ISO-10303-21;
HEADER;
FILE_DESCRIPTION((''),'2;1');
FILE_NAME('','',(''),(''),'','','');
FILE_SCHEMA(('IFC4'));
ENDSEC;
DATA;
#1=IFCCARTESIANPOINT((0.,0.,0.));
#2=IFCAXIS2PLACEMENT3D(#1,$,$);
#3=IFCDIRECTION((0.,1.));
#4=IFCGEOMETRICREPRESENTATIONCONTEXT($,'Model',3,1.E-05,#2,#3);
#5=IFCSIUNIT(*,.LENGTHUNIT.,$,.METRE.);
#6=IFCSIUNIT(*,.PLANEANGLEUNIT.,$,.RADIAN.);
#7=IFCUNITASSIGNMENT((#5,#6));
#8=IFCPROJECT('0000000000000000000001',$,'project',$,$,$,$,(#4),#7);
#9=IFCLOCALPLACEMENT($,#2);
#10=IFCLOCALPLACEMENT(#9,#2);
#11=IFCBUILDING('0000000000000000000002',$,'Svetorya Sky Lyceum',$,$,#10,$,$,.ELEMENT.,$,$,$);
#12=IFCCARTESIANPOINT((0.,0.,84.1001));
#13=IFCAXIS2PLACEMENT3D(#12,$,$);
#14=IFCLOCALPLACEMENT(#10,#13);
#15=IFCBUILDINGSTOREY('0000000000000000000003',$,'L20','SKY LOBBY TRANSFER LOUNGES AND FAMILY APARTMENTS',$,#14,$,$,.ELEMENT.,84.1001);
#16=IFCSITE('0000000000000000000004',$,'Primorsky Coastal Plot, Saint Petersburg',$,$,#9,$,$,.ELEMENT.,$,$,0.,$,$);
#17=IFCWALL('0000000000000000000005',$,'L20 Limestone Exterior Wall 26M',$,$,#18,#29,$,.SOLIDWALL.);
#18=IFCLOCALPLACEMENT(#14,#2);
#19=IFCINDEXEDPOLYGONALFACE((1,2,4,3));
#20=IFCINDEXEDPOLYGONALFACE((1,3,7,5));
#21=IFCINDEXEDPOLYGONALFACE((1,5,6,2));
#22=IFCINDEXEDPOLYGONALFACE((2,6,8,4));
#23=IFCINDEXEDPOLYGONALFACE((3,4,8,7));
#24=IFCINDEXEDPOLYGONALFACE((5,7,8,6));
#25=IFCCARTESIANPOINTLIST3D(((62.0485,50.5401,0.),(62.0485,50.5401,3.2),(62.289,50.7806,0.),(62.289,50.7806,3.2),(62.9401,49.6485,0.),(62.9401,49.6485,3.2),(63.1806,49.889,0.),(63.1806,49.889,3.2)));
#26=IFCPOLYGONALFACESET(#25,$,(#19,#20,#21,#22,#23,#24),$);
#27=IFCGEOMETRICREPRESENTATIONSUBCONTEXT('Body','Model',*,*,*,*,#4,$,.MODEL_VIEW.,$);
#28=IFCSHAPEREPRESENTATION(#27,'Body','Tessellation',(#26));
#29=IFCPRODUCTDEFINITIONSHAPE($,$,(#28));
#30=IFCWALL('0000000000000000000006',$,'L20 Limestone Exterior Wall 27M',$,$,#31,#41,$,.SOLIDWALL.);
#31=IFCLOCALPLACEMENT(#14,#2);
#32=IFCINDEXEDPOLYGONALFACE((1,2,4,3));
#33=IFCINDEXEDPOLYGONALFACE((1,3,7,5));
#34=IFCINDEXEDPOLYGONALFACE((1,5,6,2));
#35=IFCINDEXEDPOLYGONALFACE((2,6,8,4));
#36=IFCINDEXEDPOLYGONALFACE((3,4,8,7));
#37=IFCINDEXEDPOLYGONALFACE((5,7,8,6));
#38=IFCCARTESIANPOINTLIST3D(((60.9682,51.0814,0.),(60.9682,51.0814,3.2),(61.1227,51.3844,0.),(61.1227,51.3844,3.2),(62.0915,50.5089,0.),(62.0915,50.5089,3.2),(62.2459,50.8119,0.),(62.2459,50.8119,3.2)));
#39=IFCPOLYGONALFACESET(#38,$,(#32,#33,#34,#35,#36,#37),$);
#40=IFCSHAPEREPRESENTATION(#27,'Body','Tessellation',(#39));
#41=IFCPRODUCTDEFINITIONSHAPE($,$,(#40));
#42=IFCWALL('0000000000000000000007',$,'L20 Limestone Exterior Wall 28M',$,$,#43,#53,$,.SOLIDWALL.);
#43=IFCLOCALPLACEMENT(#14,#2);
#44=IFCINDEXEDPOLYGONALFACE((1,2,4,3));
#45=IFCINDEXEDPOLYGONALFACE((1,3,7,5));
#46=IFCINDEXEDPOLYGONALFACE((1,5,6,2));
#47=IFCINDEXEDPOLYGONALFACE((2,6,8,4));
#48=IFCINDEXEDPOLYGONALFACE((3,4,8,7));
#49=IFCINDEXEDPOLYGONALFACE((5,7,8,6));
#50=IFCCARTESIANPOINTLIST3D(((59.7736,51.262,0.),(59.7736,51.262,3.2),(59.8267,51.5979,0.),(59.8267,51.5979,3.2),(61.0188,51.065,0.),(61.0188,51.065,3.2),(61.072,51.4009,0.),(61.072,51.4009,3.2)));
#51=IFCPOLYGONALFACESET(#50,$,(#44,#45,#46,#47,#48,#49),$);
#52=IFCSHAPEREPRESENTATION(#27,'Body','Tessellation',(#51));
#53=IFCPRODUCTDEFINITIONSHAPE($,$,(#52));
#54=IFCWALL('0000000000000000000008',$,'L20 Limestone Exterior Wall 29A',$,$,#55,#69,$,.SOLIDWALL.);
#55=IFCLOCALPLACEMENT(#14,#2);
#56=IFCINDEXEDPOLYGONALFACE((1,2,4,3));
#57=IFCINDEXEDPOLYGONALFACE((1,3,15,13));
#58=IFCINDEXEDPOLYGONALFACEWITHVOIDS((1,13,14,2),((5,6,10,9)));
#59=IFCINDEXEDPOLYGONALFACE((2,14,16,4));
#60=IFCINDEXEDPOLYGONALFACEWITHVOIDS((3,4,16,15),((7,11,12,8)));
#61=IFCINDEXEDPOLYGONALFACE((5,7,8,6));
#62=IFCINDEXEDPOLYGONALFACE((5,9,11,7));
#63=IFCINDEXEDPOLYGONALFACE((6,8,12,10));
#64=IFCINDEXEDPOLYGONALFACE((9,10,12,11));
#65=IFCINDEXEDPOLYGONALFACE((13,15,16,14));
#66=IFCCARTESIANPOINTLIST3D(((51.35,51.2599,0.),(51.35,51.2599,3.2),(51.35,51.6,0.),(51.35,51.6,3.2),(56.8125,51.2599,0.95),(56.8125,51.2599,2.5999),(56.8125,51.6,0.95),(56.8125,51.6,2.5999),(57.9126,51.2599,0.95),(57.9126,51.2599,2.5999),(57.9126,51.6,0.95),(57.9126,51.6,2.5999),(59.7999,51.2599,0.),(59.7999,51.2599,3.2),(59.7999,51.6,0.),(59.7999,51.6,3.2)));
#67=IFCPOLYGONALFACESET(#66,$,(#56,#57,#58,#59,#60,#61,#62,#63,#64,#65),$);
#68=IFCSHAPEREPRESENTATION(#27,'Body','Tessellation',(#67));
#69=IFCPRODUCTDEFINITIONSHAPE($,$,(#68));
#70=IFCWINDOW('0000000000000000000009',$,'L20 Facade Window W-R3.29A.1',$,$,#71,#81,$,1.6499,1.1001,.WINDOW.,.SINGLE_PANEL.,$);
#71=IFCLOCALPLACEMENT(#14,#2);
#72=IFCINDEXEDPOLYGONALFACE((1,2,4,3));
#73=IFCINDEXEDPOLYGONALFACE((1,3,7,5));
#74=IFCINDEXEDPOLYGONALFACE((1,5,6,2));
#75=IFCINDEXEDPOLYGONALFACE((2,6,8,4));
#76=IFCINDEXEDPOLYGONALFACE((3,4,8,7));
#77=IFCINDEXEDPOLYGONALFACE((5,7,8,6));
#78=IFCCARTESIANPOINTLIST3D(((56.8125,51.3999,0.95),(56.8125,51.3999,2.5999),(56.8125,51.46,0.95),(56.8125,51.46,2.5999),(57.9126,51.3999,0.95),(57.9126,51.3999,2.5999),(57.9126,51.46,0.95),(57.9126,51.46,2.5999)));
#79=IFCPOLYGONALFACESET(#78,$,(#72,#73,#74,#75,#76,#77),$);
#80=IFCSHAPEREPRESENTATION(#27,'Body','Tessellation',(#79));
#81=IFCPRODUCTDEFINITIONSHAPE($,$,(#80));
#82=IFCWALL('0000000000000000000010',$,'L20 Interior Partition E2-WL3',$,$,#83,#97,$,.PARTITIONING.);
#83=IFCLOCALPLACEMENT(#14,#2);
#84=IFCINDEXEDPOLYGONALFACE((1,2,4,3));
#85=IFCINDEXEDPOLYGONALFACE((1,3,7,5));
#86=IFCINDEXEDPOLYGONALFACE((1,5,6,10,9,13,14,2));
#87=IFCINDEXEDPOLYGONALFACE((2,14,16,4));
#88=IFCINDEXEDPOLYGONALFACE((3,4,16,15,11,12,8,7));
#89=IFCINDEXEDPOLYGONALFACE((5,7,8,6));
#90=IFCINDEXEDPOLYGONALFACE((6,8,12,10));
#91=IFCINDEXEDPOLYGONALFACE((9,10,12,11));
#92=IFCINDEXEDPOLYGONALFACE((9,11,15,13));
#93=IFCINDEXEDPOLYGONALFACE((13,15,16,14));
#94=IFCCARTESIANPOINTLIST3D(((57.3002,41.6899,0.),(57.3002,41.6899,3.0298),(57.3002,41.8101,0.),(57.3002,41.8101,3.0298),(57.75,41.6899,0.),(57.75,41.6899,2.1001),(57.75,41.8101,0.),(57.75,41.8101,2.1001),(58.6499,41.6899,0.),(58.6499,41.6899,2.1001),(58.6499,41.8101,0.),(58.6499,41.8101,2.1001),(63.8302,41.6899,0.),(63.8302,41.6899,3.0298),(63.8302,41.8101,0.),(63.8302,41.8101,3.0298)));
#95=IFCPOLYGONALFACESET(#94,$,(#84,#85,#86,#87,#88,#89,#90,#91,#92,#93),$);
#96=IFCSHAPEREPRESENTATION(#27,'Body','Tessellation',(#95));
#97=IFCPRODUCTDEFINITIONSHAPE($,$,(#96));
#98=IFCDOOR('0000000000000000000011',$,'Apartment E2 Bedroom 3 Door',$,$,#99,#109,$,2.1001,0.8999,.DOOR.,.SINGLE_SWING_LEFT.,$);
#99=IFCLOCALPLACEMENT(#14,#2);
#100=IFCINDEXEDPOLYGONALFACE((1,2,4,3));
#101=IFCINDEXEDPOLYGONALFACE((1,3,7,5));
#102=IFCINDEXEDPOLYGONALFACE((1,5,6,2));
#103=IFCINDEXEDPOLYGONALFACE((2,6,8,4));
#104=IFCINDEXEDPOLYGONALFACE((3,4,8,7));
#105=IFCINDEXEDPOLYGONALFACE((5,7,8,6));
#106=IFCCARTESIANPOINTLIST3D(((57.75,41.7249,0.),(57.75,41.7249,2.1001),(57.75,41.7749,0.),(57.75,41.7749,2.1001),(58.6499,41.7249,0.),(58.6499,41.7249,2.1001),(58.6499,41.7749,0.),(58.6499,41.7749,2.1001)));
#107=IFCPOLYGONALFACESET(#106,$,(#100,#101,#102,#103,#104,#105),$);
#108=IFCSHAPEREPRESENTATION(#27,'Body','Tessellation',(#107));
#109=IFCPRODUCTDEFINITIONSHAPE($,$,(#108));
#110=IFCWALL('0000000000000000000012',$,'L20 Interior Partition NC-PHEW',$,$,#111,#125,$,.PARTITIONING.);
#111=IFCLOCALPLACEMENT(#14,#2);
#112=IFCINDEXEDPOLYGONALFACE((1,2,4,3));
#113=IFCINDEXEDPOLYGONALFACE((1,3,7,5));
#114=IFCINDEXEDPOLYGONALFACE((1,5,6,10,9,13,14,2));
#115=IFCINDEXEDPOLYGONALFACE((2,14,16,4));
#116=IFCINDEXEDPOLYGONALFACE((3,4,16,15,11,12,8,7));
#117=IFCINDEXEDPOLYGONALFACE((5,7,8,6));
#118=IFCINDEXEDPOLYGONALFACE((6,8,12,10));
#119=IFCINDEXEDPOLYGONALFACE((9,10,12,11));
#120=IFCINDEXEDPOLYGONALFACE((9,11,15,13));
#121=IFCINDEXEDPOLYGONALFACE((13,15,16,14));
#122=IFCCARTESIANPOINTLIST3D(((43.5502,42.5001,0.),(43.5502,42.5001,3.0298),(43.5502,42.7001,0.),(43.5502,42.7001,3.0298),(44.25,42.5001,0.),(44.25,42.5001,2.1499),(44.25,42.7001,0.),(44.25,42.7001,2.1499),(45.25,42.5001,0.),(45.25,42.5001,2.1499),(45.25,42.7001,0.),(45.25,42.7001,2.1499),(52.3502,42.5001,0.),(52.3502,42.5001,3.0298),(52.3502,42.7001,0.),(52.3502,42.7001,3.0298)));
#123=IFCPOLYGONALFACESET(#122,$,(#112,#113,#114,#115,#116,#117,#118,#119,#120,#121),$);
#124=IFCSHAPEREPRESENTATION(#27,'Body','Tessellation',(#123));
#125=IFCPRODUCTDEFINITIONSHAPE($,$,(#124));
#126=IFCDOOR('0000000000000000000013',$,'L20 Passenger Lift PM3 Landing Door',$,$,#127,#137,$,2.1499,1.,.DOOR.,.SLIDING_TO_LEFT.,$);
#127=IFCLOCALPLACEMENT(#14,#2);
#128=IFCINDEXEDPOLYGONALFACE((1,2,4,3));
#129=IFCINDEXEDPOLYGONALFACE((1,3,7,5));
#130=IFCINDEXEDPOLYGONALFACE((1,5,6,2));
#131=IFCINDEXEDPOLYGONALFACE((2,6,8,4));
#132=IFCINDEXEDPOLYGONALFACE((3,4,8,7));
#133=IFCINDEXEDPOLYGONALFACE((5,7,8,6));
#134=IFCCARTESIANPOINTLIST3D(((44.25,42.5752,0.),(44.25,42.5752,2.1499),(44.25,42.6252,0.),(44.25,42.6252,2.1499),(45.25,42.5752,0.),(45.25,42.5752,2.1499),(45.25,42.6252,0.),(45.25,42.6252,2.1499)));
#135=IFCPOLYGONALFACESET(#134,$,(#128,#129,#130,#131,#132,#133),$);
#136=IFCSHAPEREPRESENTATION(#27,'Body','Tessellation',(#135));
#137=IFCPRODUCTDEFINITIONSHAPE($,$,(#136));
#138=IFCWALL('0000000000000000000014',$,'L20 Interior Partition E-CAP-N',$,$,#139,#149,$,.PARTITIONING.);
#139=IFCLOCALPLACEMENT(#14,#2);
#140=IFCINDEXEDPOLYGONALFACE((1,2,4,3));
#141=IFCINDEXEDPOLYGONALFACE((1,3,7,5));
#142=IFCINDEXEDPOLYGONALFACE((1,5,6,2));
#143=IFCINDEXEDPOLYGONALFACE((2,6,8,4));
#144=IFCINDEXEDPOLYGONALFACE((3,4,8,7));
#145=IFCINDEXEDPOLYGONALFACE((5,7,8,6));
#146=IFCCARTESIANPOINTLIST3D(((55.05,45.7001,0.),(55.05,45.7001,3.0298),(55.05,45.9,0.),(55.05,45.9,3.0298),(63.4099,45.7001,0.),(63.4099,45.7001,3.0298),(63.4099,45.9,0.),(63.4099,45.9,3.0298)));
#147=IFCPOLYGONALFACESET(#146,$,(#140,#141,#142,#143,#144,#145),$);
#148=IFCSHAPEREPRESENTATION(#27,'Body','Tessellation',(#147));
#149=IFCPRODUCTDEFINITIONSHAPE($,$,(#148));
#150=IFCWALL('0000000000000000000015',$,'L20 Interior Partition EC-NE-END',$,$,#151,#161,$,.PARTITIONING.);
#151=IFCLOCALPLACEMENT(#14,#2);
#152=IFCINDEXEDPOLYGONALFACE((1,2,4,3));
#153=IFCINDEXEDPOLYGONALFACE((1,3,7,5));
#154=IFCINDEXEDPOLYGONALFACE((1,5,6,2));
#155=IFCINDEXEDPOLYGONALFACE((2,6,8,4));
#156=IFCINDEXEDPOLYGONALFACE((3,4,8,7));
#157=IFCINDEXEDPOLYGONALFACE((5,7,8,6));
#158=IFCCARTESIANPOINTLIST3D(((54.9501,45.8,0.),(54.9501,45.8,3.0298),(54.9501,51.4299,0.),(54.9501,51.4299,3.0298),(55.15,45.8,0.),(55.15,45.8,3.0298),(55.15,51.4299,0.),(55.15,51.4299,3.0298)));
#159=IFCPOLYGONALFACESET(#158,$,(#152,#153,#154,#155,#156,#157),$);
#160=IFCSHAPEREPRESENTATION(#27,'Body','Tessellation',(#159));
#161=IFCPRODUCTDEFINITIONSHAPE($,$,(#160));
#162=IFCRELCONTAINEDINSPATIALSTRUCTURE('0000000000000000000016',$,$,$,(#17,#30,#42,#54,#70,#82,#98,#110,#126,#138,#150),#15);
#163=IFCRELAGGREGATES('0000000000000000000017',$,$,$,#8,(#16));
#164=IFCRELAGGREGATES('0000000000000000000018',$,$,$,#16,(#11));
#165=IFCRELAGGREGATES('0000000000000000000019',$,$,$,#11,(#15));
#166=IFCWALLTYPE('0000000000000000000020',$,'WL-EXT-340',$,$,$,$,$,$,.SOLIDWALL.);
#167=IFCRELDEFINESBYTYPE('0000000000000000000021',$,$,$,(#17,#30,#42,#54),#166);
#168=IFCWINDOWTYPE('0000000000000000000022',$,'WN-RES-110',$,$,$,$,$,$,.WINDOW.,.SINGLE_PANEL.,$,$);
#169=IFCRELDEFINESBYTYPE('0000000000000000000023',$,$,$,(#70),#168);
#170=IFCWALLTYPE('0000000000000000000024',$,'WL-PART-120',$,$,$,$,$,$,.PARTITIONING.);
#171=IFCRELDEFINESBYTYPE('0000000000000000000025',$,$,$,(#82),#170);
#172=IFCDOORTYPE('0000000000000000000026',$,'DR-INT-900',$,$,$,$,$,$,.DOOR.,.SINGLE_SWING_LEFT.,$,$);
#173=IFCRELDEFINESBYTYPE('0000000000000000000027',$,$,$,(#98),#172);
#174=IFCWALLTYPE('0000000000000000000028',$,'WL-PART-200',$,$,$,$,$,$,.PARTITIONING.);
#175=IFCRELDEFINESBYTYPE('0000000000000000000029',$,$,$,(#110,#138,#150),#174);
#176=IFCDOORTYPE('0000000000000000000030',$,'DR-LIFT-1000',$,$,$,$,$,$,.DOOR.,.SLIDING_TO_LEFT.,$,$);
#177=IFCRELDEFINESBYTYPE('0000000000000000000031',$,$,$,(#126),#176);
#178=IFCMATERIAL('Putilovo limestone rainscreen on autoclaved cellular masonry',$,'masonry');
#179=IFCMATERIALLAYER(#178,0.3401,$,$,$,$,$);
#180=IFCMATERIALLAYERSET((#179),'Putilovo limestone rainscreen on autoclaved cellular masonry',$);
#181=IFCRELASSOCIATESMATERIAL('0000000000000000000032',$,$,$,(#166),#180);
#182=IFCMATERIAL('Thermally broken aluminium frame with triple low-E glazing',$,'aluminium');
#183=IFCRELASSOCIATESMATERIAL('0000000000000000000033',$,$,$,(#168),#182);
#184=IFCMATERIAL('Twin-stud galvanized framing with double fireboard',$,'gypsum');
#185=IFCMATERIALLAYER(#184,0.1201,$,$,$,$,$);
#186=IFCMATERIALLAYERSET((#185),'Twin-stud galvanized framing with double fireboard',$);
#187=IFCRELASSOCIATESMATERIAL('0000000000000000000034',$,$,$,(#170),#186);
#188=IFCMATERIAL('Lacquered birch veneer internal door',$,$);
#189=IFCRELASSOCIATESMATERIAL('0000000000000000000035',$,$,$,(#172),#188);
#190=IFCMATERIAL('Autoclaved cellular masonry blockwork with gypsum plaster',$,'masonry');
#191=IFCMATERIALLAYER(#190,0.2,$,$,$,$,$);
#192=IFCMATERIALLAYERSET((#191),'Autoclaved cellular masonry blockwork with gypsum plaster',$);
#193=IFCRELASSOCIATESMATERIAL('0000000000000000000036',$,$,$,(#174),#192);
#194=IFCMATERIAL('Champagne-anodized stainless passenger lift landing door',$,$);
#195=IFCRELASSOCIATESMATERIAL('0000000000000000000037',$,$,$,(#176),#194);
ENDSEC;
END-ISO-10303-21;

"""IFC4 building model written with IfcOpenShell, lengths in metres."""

from ifc_helpers import new_model, si_unit, direction, frame, frame_2d, origin, place, context, subcontext, project, spatial, rectangle, extrude, material, layer, layer_set, type_object, element, fill, save


model = new_model("IFC4")

# Units and contexts
model_context = context("Model", 3, precision=1e-05, world=origin(), true_north=direction((0.0, 1.0)))
body_context = subcontext(model_context, "Body", "Model", "MODEL_VIEW")
ifc_project = project(units=[si_unit("LENGTHUNIT", "METRE"), si_unit("PLANEANGLEUNIT", "RADIAN")], contexts=[model_context])

# Site, building, storey
site_placement = place(None, origin())
site = spatial("IfcSite", under=ifc_project, at=site_placement, Name="Primorsky Coastal Plot, Saint Petersburg", CompositionType="ELEMENT", RefElevation=0.0)
building_placement = place(site_placement, origin())
building = spatial("IfcBuilding", under=site, at=building_placement, Name="Svetorya Sky Lyceum", CompositionType="ELEMENT")
storey_placement = place(building_placement, frame((0.0, 0.0, 84.1001)))
storey = spatial("IfcBuildingStorey", under=building, at=storey_placement, Name="L20", Description="SKY LOBBY TRANSFER LOUNGES AND FAMILY APARTMENTS", CompositionType="ELEMENT", Elevation=84.1001)

# Walls
ifc_material_1 = material(Name="Putilovo limestone rainscreen on autoclaved cellular masonry", Category="masonry")
ifc_layer_1 = layer(ifc_material_1, 0.3401)
ifc_layer_set_1 = layer_set([ifc_layer_1], Name="Putilovo limestone rainscreen on autoclaved cellular masonry")
wall_type_1 = type_object("IfcWallType", Name="WL-EXT-340", PredefinedType="SOLIDWALL", material=ifc_layer_set_1)
for number, where, z_axis, x_axis, name in (
    (1, (63.0603, 49.7688, 0.0), (0.0, 0.0, 1.0), (-0.707107, 0.707107, 0.0), "L20 Limestone Exterior Wall 26M"),
):
    element("IfcWall", number, at=place(storey_placement, frame(where, z_axis=z_axis, x_axis=x_axis)), inside=storey, type_object=wall_type_1, Name=name, PredefinedType="SOLIDWALL", context=body_context, shape_type="SweptSolid", body=[
        extrude(rectangle(XDim=1.261, YDim=0.3401, at=frame_2d((0.6304, 0.0))), origin(), (0.0, 0.0, 1.0), 3.2),
    ])
for number, where, z_axis, x_axis, name in (
    (2, (62.1687, 50.6604, 0.0), (0.0, 0.0, 1.0), (-0.890954, 0.454094, 0.0), "L20 Limestone Exterior Wall 27M"),
    (3, (61.0454, 51.2329, 0.0), (0.0, 0.0, 1.0), (-0.987716, 0.156261, 0.0), "L20 Limestone Exterior Wall 28M"),
):
    element("IfcWall", number, at=place(storey_placement, frame(where, z_axis=z_axis, x_axis=x_axis)), inside=storey, type_object=wall_type_1, Name=name, PredefinedType="SOLIDWALL", context=body_context, shape_type="SweptSolid", body=[
        extrude(rectangle(XDim=1.2607, YDim=0.3401, at=frame_2d((0.6304, 0.0))), origin(), (0.0, 0.0, 1.0), 3.2),
    ])

# Wall, opening, window
wall_1_placement = place(storey_placement, frame((59.8, 51.4299, 0.0), z_axis=(0.0, 0.0, 1.0), x_axis=(-1.0, 0.0, 0.0)))
wall_1 = element("IfcWall", 4, at=wall_1_placement, inside=storey, type_object=wall_type_1, Name="L20 Limestone Exterior Wall 29A", PredefinedType="SOLIDWALL", context=body_context, shape_type="SweptSolid", body=[
    extrude(rectangle(XDim=8.45, YDim=0.3401, at=frame_2d((4.2251, 0.0))), origin(), (0.0, 0.0, 1.0), 3.2),
])
opening_1_placement = place(wall_1_placement, frame((1.8875, 0.0, 0.95)))
opening_1 = element("IfcOpeningElement", 5, at=opening_1_placement, cuts=wall_1, PredefinedType="OPENING", context=body_context, shape_type="SweptSolid", body=[
    extrude(rectangle(XDim=1.1001, YDim=1.6499, at=frame_2d((0.55, 0.825))), frame((0.0, 0.1799, 0.0), z_axis=(0.0, -1.0, 0.0), x_axis=(1.0, 0.0, 0.0)), (0.0, 0.0, 1.0), 0.3601),
])
ifc_material_2 = material(Name="Thermally broken aluminium frame with triple low-E glazing", Category="aluminium")
window_type = type_object("IfcWindowType", Name="WN-RES-110", PartitioningType="SINGLE_PANEL", PredefinedType="WINDOW", material=ifc_material_2)
window_placement = place(opening_1_placement, origin())
window = element("IfcWindow", 6, at=window_placement, inside=storey, type_object=window_type, Name="L20 Facade Window W-R3.29A.1", OverallHeight=1.6499, OverallWidth=1.1001, PartitioningType="SINGLE_PANEL", PredefinedType="WINDOW", context=body_context, shape_type="SweptSolid", body=[
    extrude(rectangle(XDim=1.1001, YDim=1.6499, at=frame_2d((0.55, 0.825))), frame((0.0, 0.03, 0.0), z_axis=(0.0, -1.0, 0.0), x_axis=(1.0, 0.0, 0.0)), (0.0, 0.0, 1.0), 0.0601),
])
fill(opening_1, window)

# Walls, openings, doors
ifc_material_3 = material(Name="Twin-stud galvanized framing with double fireboard", Category="gypsum")
ifc_layer_2 = layer(ifc_material_3, 0.1201)
ifc_layer_set_2 = layer_set([ifc_layer_2], Name="Twin-stud galvanized framing with double fireboard")
wall_type_2 = type_object("IfcWallType", Name="WL-PART-120", PredefinedType="PARTITIONING", material=ifc_layer_set_2)
wall_2_placement = place(storey_placement, frame((57.3, 41.75, 0.0), z_axis=(0.0, 0.0, 1.0), x_axis=(1.0, 0.0, 0.0)))
wall_2 = element("IfcWall", 7, at=wall_2_placement, inside=storey, type_object=wall_type_2, Name="L20 Interior Partition E2-WL3", PredefinedType="PARTITIONING", context=body_context, shape_type="SweptSolid", body=[
    extrude(rectangle(XDim=6.53, YDim=0.1201, at=frame_2d((3.2651, 0.0))), origin(), (0.0, 0.0, 1.0), 3.0298),
])
opening_2_placement = place(wall_2_placement, frame((0.45, 0.0, 0.0)))
opening_2 = element("IfcOpeningElement", 8, at=opening_2_placement, cuts=wall_2, PredefinedType="OPENING", context=body_context, shape_type="SweptSolid", body=[
    extrude(rectangle(XDim=0.8999, YDim=2.1001, at=frame_2d((0.45, 1.05))), frame((0.0, 0.0701, 0.0), z_axis=(0.0, -1.0, 0.0), x_axis=(1.0, 0.0, 0.0)), (0.0, 0.0, 1.0), 0.1401),
])
ifc_material_4 = material(Name="Lacquered birch veneer internal door")
door_type_1 = type_object("IfcDoorType", Name="DR-INT-900", OperationType="SINGLE_SWING_LEFT", PredefinedType="DOOR", material=ifc_material_4)
door_1_placement = place(opening_2_placement, origin())
door_1 = element("IfcDoor", 9, at=door_1_placement, inside=storey, type_object=door_type_1, Name="Apartment E2 Bedroom 3 Door", OperationType="SINGLE_SWING_LEFT", OverallHeight=2.1001, OverallWidth=0.8999, PredefinedType="DOOR", context=body_context, shape_type="SweptSolid", body=[
    extrude(rectangle(XDim=0.8999, YDim=2.1001, at=frame_2d((0.45, 1.05))), frame((0.0, 0.0249, 0.0), z_axis=(0.0, -1.0, 0.0), x_axis=(1.0, 0.0, 0.0)), (0.0, 0.0, 1.0), 0.05),
])
fill(opening_2, door_1)
ifc_material_5 = material(Name="Autoclaved cellular masonry blockwork with gypsum plaster", Category="masonry")
ifc_layer_3 = layer(ifc_material_5, 0.2)
ifc_layer_set_3 = layer_set([ifc_layer_3], Name="Autoclaved cellular masonry blockwork with gypsum plaster")
wall_type_3 = type_object("IfcWallType", Name="WL-PART-200", PredefinedType="PARTITIONING", material=ifc_layer_set_3)
wall_3_placement = place(storey_placement, frame((52.3501, 42.6001, 0.0), z_axis=(0.0, 0.0, 1.0), x_axis=(-1.0, 0.0, 0.0)))
wall_3 = element("IfcWall", 10, at=wall_3_placement, inside=storey, type_object=wall_type_3, Name="L20 Interior Partition NC-PHEW", PredefinedType="PARTITIONING", context=body_context, shape_type="SweptSolid", body=[
    extrude(rectangle(XDim=8.8, YDim=0.2, at=frame_2d((4.3999, 0.0))), origin(), (0.0, 0.0, 1.0), 3.0298),
])
opening_3_placement = place(wall_3_placement, frame((7.1001, 0.0, 0.0)))
opening_3 = element("IfcOpeningElement", 11, at=opening_3_placement, cuts=wall_3, PredefinedType="OPENING", context=body_context, shape_type="SweptSolid", body=[
    extrude(rectangle(XDim=1.0, YDim=2.1499, at=frame_2d((0.5, 1.075))), frame((0.0, 0.1099, 0.0), z_axis=(0.0, -1.0, 0.0), x_axis=(1.0, 0.0, 0.0)), (0.0, 0.0, 1.0), 0.22),
])
ifc_material_6 = material(Name="Champagne-anodized stainless passenger lift landing door")
door_type_2 = type_object("IfcDoorType", Name="DR-LIFT-1000", OperationType="SLIDING_TO_LEFT", PredefinedType="DOOR", material=ifc_material_6)
door_2_placement = place(opening_3_placement, origin())
door_2 = element("IfcDoor", 12, at=door_2_placement, inside=storey, type_object=door_type_2, Name="L20 Passenger Lift PM3 Landing Door", OperationType="SLIDING_TO_LEFT", OverallHeight=2.1499, OverallWidth=1.0, PredefinedType="DOOR", context=body_context, shape_type="SweptSolid", body=[
    extrude(rectangle(XDim=1.0, YDim=2.1499, at=frame_2d((0.5, 1.075))), frame((0.0, 0.0249, 0.0), z_axis=(0.0, -1.0, 0.0), x_axis=(1.0, 0.0, 0.0)), (0.0, 0.0, 1.0), 0.05),
])
fill(opening_3, door_2)

# Walls
wall_4_placement = place(storey_placement, frame((55.05, 45.8, 0.0), z_axis=(0.0, 0.0, 1.0), x_axis=(1.0, 0.0, 0.0)))
element("IfcWall", 13, at=wall_4_placement, inside=storey, type_object=wall_type_3, Name="L20 Interior Partition E-CAP-N", PredefinedType="PARTITIONING", context=body_context, shape_type="SweptSolid", body=[
    extrude(rectangle(XDim=8.3599, YDim=0.2, at=frame_2d((4.1799, 0.0))), origin(), (0.0, 0.0, 1.0), 3.0298),
])
wall_5_placement = place(storey_placement, frame((55.05, 45.8, 0.0), z_axis=(0.0, 0.0, 1.0), x_axis=(0.0, 1.0, 0.0)))
element("IfcWall", 14, at=wall_5_placement, inside=storey, type_object=wall_type_3, Name="L20 Interior Partition EC-NE-END", PredefinedType="PARTITIONING", context=body_context, shape_type="SweptSolid", body=[
    extrude(rectangle(XDim=5.6299, YDim=0.2, at=frame_2d((2.8149, 0.0))), origin(), (0.0, 0.0, 1.0), 3.0298),
])

save(model, "model.ifc")
